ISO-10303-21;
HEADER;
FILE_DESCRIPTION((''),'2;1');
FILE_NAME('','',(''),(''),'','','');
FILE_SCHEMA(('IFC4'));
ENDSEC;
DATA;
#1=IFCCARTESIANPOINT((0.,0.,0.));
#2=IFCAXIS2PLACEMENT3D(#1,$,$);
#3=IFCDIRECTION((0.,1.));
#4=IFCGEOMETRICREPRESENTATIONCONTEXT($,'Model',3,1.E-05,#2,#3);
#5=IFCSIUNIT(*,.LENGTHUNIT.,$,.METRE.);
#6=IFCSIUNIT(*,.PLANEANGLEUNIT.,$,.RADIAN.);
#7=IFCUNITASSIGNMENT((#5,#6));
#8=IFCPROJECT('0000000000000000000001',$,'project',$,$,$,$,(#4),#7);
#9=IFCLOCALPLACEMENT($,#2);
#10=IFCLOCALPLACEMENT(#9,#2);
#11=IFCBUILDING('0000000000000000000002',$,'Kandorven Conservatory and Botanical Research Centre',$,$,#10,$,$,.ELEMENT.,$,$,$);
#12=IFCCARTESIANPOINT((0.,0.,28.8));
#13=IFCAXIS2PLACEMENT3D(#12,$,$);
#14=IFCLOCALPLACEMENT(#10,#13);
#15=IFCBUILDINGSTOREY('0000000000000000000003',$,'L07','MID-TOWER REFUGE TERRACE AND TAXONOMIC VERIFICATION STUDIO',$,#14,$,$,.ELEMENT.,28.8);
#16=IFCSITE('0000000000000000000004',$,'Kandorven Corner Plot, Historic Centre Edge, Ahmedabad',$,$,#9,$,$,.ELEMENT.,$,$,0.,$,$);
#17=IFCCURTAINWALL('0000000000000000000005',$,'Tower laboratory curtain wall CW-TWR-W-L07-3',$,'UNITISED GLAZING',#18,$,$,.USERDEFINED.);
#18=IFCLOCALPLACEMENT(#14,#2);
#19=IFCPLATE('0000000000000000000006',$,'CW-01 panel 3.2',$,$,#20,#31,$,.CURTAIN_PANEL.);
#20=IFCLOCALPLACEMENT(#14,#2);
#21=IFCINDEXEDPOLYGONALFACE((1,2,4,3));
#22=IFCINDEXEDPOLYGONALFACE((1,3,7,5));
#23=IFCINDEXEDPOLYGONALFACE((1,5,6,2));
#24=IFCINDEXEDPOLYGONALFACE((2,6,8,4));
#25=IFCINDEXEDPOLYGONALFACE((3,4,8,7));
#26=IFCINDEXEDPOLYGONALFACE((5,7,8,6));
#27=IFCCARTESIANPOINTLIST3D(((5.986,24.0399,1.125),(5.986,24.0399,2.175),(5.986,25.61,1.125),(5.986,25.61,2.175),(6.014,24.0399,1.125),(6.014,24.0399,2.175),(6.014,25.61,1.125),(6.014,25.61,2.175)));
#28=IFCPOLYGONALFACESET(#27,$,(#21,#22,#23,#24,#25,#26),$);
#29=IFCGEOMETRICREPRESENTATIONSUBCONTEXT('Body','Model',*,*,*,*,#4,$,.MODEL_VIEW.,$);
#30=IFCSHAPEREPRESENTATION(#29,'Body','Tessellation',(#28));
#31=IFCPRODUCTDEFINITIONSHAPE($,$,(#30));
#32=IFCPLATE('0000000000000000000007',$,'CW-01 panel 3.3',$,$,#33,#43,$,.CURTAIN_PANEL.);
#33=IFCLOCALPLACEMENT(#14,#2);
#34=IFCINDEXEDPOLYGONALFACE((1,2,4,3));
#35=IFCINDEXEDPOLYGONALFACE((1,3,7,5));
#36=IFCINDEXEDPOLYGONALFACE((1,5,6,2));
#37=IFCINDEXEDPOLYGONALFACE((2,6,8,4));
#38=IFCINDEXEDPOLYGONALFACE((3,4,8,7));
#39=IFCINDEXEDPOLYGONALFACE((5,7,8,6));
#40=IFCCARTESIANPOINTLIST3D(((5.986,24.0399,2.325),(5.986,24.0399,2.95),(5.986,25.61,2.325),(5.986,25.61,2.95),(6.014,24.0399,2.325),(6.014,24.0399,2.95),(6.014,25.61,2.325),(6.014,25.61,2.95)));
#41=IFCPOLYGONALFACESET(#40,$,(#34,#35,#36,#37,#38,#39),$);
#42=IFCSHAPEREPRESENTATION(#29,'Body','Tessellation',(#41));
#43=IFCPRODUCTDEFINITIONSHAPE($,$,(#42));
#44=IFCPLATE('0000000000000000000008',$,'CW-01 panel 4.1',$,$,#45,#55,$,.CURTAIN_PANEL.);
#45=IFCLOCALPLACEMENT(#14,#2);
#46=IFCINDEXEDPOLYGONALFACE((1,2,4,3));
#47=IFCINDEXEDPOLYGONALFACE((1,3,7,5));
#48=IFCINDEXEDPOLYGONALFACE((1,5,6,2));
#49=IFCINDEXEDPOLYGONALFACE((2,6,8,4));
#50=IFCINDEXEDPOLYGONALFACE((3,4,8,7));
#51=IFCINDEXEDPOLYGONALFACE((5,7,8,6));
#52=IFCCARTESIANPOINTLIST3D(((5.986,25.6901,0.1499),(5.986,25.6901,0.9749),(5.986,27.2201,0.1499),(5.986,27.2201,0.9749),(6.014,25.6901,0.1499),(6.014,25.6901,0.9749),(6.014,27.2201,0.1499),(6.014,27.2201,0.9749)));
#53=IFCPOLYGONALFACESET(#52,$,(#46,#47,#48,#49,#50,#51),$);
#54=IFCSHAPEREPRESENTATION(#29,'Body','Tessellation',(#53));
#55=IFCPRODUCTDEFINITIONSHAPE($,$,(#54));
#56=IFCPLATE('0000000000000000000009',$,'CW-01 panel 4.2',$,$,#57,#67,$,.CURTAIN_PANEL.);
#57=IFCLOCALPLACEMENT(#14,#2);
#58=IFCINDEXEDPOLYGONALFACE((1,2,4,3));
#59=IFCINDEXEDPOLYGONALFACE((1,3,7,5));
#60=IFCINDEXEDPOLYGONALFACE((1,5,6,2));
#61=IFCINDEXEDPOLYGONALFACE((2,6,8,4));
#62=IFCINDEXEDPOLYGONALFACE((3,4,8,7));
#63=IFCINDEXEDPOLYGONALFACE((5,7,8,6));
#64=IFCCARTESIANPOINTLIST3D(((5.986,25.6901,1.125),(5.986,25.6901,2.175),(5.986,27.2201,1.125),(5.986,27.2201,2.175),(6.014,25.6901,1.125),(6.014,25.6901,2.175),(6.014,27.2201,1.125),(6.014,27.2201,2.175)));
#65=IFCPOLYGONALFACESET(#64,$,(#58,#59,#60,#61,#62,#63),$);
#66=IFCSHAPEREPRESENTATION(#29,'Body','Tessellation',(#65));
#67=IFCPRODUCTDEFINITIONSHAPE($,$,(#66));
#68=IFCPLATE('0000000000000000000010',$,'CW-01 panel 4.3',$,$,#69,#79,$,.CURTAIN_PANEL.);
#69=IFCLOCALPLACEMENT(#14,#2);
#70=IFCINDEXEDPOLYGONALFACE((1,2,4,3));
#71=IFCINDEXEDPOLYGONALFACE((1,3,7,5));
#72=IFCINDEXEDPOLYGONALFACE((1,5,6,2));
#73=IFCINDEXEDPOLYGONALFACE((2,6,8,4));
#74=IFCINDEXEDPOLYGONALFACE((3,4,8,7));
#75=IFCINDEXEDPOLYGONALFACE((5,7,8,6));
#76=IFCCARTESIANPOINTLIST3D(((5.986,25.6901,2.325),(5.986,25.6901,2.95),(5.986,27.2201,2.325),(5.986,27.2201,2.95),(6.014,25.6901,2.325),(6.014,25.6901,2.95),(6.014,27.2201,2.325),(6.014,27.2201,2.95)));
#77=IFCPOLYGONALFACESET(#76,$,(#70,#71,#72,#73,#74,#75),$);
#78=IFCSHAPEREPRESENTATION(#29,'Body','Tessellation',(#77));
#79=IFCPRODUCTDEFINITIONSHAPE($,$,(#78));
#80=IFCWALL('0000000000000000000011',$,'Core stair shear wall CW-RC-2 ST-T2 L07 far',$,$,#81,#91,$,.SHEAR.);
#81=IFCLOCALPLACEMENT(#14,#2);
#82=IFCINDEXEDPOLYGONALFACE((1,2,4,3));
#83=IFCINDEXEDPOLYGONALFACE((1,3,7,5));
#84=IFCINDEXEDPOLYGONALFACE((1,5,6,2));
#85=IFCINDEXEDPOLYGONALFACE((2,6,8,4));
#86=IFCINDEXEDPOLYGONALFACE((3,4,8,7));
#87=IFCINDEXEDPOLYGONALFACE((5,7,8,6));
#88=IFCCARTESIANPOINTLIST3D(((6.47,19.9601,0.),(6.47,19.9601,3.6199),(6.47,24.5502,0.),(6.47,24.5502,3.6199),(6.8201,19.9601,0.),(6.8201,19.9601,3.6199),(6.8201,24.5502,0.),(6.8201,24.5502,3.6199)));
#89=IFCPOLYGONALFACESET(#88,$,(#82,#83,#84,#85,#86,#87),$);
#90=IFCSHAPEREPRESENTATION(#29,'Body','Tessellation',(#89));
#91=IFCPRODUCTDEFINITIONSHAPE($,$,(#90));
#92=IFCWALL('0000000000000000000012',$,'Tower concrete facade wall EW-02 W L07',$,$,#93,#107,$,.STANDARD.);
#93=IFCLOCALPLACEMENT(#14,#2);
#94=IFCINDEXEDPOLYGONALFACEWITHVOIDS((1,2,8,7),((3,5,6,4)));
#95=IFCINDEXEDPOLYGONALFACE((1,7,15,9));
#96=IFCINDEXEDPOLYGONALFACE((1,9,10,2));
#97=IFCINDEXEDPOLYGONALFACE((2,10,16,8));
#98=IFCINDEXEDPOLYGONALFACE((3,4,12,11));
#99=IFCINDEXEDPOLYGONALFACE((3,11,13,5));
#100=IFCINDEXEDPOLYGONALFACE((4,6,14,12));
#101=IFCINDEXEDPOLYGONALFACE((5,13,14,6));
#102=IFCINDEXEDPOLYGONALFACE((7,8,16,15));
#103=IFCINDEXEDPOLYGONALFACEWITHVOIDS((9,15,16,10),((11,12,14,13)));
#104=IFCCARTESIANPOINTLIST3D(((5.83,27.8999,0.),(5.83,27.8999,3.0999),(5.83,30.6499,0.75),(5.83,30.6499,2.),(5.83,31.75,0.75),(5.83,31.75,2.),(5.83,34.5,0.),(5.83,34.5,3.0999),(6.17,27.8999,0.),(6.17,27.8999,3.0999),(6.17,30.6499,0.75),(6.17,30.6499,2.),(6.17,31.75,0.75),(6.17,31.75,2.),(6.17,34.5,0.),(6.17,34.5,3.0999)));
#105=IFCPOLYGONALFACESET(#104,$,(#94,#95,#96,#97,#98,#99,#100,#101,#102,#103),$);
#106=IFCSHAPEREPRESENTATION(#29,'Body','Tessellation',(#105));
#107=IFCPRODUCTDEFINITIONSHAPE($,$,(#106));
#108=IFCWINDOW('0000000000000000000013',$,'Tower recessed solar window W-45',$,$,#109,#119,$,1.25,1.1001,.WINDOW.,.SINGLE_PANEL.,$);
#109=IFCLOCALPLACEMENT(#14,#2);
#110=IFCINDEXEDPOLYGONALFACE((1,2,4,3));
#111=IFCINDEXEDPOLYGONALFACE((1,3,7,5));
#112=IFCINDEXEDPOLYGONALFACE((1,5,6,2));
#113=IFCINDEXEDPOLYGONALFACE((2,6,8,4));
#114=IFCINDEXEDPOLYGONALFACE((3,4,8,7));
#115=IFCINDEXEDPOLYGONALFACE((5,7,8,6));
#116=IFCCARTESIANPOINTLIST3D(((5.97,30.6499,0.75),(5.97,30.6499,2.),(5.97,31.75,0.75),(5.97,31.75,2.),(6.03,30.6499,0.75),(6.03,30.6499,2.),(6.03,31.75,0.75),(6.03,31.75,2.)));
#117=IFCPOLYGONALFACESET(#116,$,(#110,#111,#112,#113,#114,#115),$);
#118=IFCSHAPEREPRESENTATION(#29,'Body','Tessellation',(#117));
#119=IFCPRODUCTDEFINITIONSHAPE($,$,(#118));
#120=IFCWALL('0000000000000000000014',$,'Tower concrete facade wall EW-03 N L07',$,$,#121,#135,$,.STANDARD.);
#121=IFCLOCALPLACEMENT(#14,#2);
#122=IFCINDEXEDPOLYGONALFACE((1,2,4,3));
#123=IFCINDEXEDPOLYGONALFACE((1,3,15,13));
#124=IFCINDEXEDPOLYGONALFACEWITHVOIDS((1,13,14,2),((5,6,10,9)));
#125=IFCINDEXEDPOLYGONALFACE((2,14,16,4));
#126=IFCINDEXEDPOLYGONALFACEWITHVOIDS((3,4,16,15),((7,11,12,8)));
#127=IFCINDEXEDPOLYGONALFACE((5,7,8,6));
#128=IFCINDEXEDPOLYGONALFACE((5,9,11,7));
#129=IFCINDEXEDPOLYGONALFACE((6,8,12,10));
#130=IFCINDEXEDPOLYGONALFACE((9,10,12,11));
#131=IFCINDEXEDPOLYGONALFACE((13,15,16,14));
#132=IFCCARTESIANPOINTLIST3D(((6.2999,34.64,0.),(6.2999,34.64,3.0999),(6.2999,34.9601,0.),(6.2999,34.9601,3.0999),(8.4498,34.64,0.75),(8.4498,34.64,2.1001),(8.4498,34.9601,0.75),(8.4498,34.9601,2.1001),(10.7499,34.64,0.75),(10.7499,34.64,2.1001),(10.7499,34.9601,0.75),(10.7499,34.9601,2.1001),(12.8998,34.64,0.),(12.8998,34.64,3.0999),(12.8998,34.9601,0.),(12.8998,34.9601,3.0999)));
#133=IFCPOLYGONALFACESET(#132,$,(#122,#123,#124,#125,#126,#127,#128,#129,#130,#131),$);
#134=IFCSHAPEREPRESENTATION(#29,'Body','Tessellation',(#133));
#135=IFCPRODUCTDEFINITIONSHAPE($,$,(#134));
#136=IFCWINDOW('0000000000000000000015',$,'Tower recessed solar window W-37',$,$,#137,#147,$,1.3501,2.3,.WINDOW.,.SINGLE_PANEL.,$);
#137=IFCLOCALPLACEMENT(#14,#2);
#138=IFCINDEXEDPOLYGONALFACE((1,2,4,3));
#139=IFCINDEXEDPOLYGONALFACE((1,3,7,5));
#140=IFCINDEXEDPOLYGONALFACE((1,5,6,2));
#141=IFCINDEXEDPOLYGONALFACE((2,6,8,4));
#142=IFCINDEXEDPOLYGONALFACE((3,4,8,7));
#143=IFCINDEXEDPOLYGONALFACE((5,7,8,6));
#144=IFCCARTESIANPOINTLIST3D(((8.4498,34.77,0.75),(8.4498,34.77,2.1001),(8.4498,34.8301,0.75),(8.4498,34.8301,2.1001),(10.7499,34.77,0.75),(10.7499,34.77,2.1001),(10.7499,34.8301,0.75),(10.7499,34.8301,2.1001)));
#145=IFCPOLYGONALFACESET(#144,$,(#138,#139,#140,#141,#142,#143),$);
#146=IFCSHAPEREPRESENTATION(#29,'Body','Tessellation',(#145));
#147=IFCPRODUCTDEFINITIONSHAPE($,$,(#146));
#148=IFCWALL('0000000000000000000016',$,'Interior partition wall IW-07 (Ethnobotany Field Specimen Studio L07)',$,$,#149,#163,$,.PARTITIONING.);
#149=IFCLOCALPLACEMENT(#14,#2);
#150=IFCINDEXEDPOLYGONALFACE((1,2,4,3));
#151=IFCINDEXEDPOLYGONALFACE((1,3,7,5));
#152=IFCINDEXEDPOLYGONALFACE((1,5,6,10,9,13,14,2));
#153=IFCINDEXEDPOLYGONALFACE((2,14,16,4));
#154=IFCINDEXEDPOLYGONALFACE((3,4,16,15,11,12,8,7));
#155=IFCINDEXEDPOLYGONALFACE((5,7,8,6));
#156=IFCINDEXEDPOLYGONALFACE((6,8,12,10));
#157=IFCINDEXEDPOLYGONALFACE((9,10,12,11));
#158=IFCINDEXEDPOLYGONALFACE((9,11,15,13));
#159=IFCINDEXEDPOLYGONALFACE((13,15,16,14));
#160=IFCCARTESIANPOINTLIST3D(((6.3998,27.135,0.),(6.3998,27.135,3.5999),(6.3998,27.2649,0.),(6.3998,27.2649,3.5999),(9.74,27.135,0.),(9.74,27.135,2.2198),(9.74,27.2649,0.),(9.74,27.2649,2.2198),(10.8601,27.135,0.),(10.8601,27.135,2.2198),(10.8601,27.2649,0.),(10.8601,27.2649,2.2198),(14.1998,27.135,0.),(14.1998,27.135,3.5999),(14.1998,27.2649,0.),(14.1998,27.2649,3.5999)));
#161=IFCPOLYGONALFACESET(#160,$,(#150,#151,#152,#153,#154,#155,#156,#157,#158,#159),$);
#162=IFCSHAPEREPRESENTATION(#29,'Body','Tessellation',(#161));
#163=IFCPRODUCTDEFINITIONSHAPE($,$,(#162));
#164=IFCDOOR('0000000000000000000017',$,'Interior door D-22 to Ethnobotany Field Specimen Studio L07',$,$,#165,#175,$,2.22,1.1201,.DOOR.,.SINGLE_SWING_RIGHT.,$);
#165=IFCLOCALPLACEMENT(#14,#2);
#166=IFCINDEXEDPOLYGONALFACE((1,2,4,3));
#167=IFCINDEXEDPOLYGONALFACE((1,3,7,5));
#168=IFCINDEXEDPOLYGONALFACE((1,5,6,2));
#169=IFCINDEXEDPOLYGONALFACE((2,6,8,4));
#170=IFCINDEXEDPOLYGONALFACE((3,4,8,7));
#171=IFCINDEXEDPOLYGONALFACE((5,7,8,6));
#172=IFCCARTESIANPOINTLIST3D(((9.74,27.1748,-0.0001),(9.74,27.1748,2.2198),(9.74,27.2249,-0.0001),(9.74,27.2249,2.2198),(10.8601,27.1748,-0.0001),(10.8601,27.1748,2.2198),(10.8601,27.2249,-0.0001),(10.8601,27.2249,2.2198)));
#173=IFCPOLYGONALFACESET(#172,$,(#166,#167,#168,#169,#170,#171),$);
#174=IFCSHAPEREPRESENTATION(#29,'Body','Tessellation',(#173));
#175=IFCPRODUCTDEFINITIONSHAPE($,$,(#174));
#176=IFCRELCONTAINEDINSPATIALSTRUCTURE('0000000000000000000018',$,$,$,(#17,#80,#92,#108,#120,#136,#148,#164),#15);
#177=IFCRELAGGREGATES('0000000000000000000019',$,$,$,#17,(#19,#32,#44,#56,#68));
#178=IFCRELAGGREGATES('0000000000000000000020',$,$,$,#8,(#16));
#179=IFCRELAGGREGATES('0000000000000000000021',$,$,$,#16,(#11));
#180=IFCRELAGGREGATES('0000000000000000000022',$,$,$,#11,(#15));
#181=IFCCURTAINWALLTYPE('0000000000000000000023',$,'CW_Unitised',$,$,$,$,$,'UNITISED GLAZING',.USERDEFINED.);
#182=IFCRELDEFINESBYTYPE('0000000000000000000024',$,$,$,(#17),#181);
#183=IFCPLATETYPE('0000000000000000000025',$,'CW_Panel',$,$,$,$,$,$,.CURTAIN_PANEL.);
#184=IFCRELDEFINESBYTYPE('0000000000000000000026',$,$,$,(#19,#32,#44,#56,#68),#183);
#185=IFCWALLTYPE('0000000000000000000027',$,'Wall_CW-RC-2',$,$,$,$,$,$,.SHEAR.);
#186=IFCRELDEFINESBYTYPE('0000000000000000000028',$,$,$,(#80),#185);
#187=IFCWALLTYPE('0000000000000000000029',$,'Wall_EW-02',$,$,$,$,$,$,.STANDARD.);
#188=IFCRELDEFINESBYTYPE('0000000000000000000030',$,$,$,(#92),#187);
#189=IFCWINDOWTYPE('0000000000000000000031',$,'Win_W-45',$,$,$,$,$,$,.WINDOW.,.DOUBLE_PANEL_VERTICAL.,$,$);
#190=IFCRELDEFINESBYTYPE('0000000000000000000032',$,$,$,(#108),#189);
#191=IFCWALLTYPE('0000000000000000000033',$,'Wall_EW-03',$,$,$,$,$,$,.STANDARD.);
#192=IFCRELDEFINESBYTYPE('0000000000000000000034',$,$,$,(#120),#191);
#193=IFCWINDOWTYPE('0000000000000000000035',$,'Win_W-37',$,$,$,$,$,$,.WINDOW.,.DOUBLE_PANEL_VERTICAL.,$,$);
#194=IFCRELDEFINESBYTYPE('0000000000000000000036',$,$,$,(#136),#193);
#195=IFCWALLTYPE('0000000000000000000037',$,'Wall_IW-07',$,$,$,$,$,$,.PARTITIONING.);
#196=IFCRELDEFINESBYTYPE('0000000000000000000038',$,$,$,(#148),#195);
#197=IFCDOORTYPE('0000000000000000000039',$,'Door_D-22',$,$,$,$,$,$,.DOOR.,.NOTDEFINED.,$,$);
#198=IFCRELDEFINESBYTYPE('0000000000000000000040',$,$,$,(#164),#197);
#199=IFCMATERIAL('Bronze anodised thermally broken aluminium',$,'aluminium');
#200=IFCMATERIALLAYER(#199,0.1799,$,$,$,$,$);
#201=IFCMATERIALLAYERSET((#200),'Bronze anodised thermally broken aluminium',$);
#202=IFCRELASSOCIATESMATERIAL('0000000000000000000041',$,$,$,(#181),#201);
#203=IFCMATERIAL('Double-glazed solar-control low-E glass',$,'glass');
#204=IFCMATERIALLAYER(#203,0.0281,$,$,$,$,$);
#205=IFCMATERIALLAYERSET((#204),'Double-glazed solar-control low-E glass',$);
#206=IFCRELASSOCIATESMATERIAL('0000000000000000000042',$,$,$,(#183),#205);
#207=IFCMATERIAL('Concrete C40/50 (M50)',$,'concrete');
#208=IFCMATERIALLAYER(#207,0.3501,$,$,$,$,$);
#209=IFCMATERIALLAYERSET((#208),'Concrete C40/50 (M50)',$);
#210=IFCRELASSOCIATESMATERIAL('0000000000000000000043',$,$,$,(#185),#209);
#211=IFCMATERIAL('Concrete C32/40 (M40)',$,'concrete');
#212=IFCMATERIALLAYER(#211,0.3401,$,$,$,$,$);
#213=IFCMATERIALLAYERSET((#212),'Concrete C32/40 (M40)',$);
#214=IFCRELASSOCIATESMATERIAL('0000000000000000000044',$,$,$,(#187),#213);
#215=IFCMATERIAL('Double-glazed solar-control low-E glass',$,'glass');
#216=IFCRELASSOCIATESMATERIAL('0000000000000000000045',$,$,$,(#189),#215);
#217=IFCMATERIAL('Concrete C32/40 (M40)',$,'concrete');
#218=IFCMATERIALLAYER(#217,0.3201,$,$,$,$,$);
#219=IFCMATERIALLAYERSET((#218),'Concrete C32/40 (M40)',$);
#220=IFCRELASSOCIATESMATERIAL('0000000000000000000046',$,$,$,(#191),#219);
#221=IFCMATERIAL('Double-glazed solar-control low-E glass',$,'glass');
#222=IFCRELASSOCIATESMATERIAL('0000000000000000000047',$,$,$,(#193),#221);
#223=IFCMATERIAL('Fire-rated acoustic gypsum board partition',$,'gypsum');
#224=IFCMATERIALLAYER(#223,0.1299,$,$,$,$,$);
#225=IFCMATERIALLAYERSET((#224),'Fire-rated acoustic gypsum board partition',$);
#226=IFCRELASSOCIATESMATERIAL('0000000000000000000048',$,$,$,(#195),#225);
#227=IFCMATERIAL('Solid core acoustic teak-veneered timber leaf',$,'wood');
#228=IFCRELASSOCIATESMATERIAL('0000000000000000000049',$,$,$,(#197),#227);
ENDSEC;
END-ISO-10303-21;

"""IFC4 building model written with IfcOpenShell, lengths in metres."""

from ifc_helpers import new_model, si_unit, direction, frame, frame_2d, origin, origin_2d, place, context, subcontext, project, spatial, rectangle, extrude, material, layer, layer_set, type_object, element, fill, aggregate, save


model = new_model("IFC4")

# Units and contexts
model_context = context("Model", 3, precision=1e-05, world=origin(), true_north=direction((0.0, 1.0)))
body_context = subcontext(model_context, "Body", "Model", "MODEL_VIEW")
ifc_project = project(units=[si_unit("LENGTHUNIT", "METRE"), si_unit("PLANEANGLEUNIT", "RADIAN")], contexts=[model_context])

# Site, building, storey
site_placement = place(None, origin())
site = spatial("IfcSite", under=ifc_project, at=site_placement, Name="Kandorven Corner Plot, Historic Centre Edge, Ahmedabad", CompositionType="ELEMENT", RefElevation=0.0)
building_placement = place(site_placement, origin())
building = spatial("IfcBuilding", under=site, at=building_placement, Name="Kandorven Conservatory and Botanical Research Centre", CompositionType="ELEMENT")
storey_placement = place(building_placement, frame((0.0, 0.0, 28.8)))
storey = spatial("IfcBuildingStorey", under=building, at=storey_placement, Name="L07", Description="MID-TOWER REFUGE TERRACE AND TAXONOMIC VERIFICATION STUDIO", CompositionType="ELEMENT", Elevation=28.8)

# Curtain wall, plates
ifc_material_1 = material(Name="Bronze anodised thermally broken aluminium", Category="aluminium")
ifc_layer_1 = layer(ifc_material_1, 0.1799)
ifc_layer_set_1 = layer_set([ifc_layer_1], Name="Bronze anodised thermally broken aluminium")
curtain_wall_type = type_object("IfcCurtainWallType", Name="CW_Unitised", ElementType="UNITISED GLAZING", PredefinedType="USERDEFINED", material=ifc_layer_set_1)
curtain_wall_placement = place(storey_placement, origin())
curtain_wall = element("IfcCurtainWall", 1, at=curtain_wall_placement, inside=storey, type_object=curtain_wall_type, Name="Tower laboratory curtain wall CW-TWR-W-L07-3", ObjectType="UNITISED GLAZING", PredefinedType="USERDEFINED")
ifc_material_2 = material(Name="Double-glazed solar-control low-E glass", Category="glass")
ifc_layer_2 = layer(ifc_material_2, 0.0281)
ifc_layer_set_2 = layer_set([ifc_layer_2], Name="Double-glazed solar-control low-E glass")
plate_type = type_object("IfcPlateType", Name="CW_Panel", PredefinedType="CURTAIN_PANEL", material=ifc_layer_set_2)
plate_1_placement = place(storey_placement, frame((6.0, 24.825, 1.125), z_axis=(0.0, 0.0, 1.0), x_axis=(0.0, 1.0, 0.0)))
plate_1 = element("IfcPlate", 2, at=plate_1_placement, type_object=plate_type, Name="CW-01 panel 3.2", PredefinedType="CURTAIN_PANEL", context=body_context, shape_type="SweptSolid", body=[
    extrude(rectangle(XDim=1.5701, YDim=0.0281, at=origin_2d()), origin(), (0.0, 0.0, 1.0), 1.05),
])
plate_2_placement = place(storey_placement, frame((6.0, 24.825, 2.325), z_axis=(0.0, 0.0, 1.0), x_axis=(0.0, 1.0, 0.0)))
plate_2 = element("IfcPlate", 3, at=plate_2_placement, type_object=plate_type, Name="CW-01 panel 3.3", PredefinedType="CURTAIN_PANEL", context=body_context, shape_type="SweptSolid", body=[
    extrude(rectangle(XDim=1.5701, YDim=0.0281, at=origin_2d()), origin(), (0.0, 0.0, 1.0), 0.625),
])
plate_3_placement = place(storey_placement, frame((6.0, 26.4551, 0.1499), z_axis=(0.0, 0.0, 1.0), x_axis=(0.0, 1.0, 0.0)))
plate_3 = element("IfcPlate", 4, at=plate_3_placement, type_object=plate_type, Name="CW-01 panel 4.1", PredefinedType="CURTAIN_PANEL", context=body_context, shape_type="SweptSolid", body=[
    extrude(rectangle(XDim=1.53, YDim=0.0281, at=origin_2d()), origin(), (0.0, 0.0, 1.0), 0.825),
])
plate_4_placement = place(storey_placement, frame((6.0, 26.4551, 1.125), z_axis=(0.0, 0.0, 1.0), x_axis=(0.0, 1.0, 0.0)))
plate_4 = element("IfcPlate", 5, at=plate_4_placement, type_object=plate_type, Name="CW-01 panel 4.2", PredefinedType="CURTAIN_PANEL", context=body_context, shape_type="SweptSolid", body=[
    extrude(rectangle(XDim=1.53, YDim=0.0281, at=origin_2d()), origin(), (0.0, 0.0, 1.0), 1.05),
])
plate_5_placement = place(storey_placement, frame((6.0, 26.4551, 2.325), z_axis=(0.0, 0.0, 1.0), x_axis=(0.0, 1.0, 0.0)))
plate_5 = element("IfcPlate", 6, at=plate_5_placement, type_object=plate_type, Name="CW-01 panel 4.3", PredefinedType="CURTAIN_PANEL", context=body_context, shape_type="SweptSolid", body=[
    extrude(rectangle(XDim=1.53, YDim=0.0281, at=origin_2d()), origin(), (0.0, 0.0, 1.0), 0.625),
])
aggregate(curtain_wall, [plate_1, plate_2, plate_3, plate_4, plate_5])

# Wall
ifc_material_3 = material(Name="Concrete C40/50 (M50)", Category="concrete")
ifc_layer_3 = layer(ifc_material_3, 0.3501)
ifc_layer_set_3 = layer_set([ifc_layer_3], Name="Concrete C40/50 (M50)")
wall_type_1 = type_object("IfcWallType", Name="Wall_CW-RC-2", PredefinedType="SHEAR", material=ifc_layer_set_3)
wall_1_placement = place(storey_placement, frame((6.645, 24.55, 0.0), z_axis=(0.0, 0.0, 1.0), x_axis=(0.0, -1.0, 0.0)))
element("IfcWall", 7, at=wall_1_placement, inside=storey, type_object=wall_type_1, Name="Core stair shear wall CW-RC-2 ST-T2 L07 far", PredefinedType="SHEAR", context=body_context, shape_type="SweptSolid", body=[
    extrude(rectangle(XDim=4.5901, YDim=0.3501, at=frame_2d((2.2949, 0.0))), origin(), (0.0, 0.0, 1.0), 3.6199),
])

# Walls, openings, windows
ifc_material_4 = material(Name="Concrete C32/40 (M40)", Category="concrete")
ifc_layer_4 = layer(ifc_material_4, 0.3401)
ifc_layer_set_4 = layer_set([ifc_layer_4], Name="Concrete C32/40 (M40)")
wall_type_2 = type_object("IfcWallType", Name="Wall_EW-02", PredefinedType="STANDARD", material=ifc_layer_set_4)
wall_2_placement = place(storey_placement, frame((6.0, 27.8999, 0.0), z_axis=(0.0, 0.0, 1.0), x_axis=(0.0, 1.0, 0.0)))
wall_2 = element("IfcWall", 8, at=wall_2_placement, inside=storey, type_object=wall_type_2, Name="Tower concrete facade wall EW-02 W L07", PredefinedType="STANDARD", context=body_context, shape_type="SweptSolid", body=[
    extrude(rectangle(XDim=6.6001, YDim=0.3401, at=frame_2d((3.3, 0.0))), origin(), (0.0, 0.0, 1.0), 3.0999),
])
opening_1_placement = place(wall_2_placement, frame((2.75, 0.0, 0.75)))
opening_1 = element("IfcOpeningElement", 9, at=opening_1_placement, cuts=wall_2, PredefinedType="OPENING", context=body_context, shape_type="SweptSolid", body=[
    extrude(rectangle(XDim=1.1001, YDim=1.25, at=frame_2d((0.55, 0.625))), frame((0.0, 0.1799, 0.0), z_axis=(0.0, -1.0, 0.0), x_axis=(1.0, 0.0, 0.0)), (0.0, 0.0, 1.0), 0.3601),
])
ifc_material_5 = material(Name="Double-glazed solar-control low-E glass", Category="glass")
window_type_1 = type_object("IfcWindowType", Name="Win_W-45", PartitioningType="DOUBLE_PANEL_VERTICAL", PredefinedType="WINDOW", material=ifc_material_5)
window_1_placement = place(opening_1_placement, origin())
window_1 = element("IfcWindow", 10, at=window_1_placement, inside=storey, type_object=window_type_1, Name="Tower recessed solar window W-45", OverallHeight=1.25, OverallWidth=1.1001, PartitioningType="SINGLE_PANEL", PredefinedType="WINDOW", context=body_context, shape_type="SweptSolid", body=[
    extrude(rectangle(XDim=1.1001, YDim=1.25, at=frame_2d((0.55, 0.625))), frame((0.0, 0.03, 0.0), z_axis=(0.0, -1.0, 0.0), x_axis=(1.0, 0.0, 0.0)), (0.0, 0.0, 1.0), 0.0601),
])
fill(opening_1, window_1)
ifc_material_6 = material(Name="Concrete C32/40 (M40)", Category="concrete")
ifc_layer_5 = layer(ifc_material_6, 0.3201)
ifc_layer_set_5 = layer_set([ifc_layer_5], Name="Concrete C32/40 (M40)")
wall_type_3 = type_object("IfcWallType", Name="Wall_EW-03", PredefinedType="STANDARD", material=ifc_layer_set_5)
wall_3_placement = place(storey_placement, frame((6.3, 34.8, 0.0), z_axis=(0.0, 0.0, 1.0), x_axis=(1.0, 0.0, 0.0)))
wall_3 = element("IfcWall", 11, at=wall_3_placement, inside=storey, type_object=wall_type_3, Name="Tower concrete facade wall EW-03 N L07", PredefinedType="STANDARD", context=body_context, shape_type="SweptSolid", body=[
    extrude(rectangle(XDim=6.5999, YDim=0.3201, at=frame_2d((3.2998, 0.0))), origin(), (0.0, 0.0, 1.0), 3.0999),
])
opening_2_placement = place(wall_3_placement, frame((2.1499, 0.0, 0.75)))
opening_2 = element("IfcOpeningElement", 12, at=opening_2_placement, cuts=wall_3, PredefinedType="OPENING", context=body_context, shape_type="SweptSolid", body=[
    extrude(rectangle(XDim=2.3, YDim=1.3501, at=frame_2d((1.1499, 0.675))), frame((0.0, 0.1699, 0.0), z_axis=(0.0, -1.0, 0.0), x_axis=(1.0, 0.0, 0.0)), (0.0, 0.0, 1.0), 0.3401),
])
ifc_material_7 = material(Name="Double-glazed solar-control low-E glass", Category="glass")
window_type_2 = type_object("IfcWindowType", Name="Win_W-37", PartitioningType="DOUBLE_PANEL_VERTICAL", PredefinedType="WINDOW", material=ifc_material_7)
window_2_placement = place(opening_2_placement, origin())
window_2 = element("IfcWindow", 13, at=window_2_placement, inside=storey, type_object=window_type_2, Name="Tower recessed solar window W-37", OverallHeight=1.3501, OverallWidth=2.3, PartitioningType="SINGLE_PANEL", PredefinedType="WINDOW", context=body_context, shape_type="SweptSolid", body=[
    extrude(rectangle(XDim=2.3, YDim=1.3501, at=frame_2d((1.1499, 0.675))), frame((0.0, 0.03, 0.0), z_axis=(0.0, -1.0, 0.0), x_axis=(1.0, 0.0, 0.0)), (0.0, 0.0, 1.0), 0.0601),
])
fill(opening_2, window_2)

# Wall, opening, door
ifc_material_8 = material(Name="Fire-rated acoustic gypsum board partition", Category="gypsum")
ifc_layer_6 = layer(ifc_material_8, 0.1299)
ifc_layer_set_6 = layer_set([ifc_layer_6], Name="Fire-rated acoustic gypsum board partition")
wall_type_4 = type_object("IfcWallType", Name="Wall_IW-07", PredefinedType="PARTITIONING", material=ifc_layer_set_6)
wall_4_placement = place(storey_placement, frame((6.3999, 27.2, 0.0), z_axis=(0.0, 0.0, 1.0), x_axis=(1.0, 0.0, 0.0)))
wall_4 = element("IfcWall", 14, at=wall_4_placement, inside=storey, type_object=wall_type_4, Name="Interior partition wall IW-07 (Ethnobotany Field Specimen Studio L07)", PredefinedType="PARTITIONING", context=body_context, shape_type="SweptSolid", body=[
    extrude(rectangle(XDim=7.8, YDim=0.1299, at=frame_2d((3.8999, 0.0))), origin(), (0.0, 0.0, 1.0), 3.5999),
])
opening_3_placement = place(wall_4_placement, frame((3.3401, 0.0, 0.0)))
opening_3 = element("IfcOpeningElement", 15, at=opening_3_placement, cuts=wall_4, PredefinedType="OPENING", context=body_context, shape_type="SweptSolid", body=[
    extrude(rectangle(XDim=1.1201, YDim=2.22, at=frame_2d((0.5601, 1.1099))), frame((0.0, 0.075, 0.0), z_axis=(0.0, -1.0, 0.0), x_axis=(1.0, 0.0, 0.0)), (0.0, 0.0, 1.0), 0.1499),
])
ifc_material_9 = material(Name="Solid core acoustic teak-veneered timber leaf", Category="wood")
door_type = type_object("IfcDoorType", Name="Door_D-22", OperationType="NOTDEFINED", PredefinedType="DOOR", material=ifc_material_9)
door_placement = place(opening_3_placement, origin())
door = element("IfcDoor", 16, at=door_placement, inside=storey, type_object=door_type, Name="Interior door D-22 to Ethnobotany Field Specimen Studio L07", OperationType="SINGLE_SWING_RIGHT", OverallHeight=2.22, OverallWidth=1.1201, PredefinedType="DOOR", context=body_context, shape_type="SweptSolid", body=[
    extrude(rectangle(XDim=1.1201, YDim=2.22, at=frame_2d((0.5601, 1.1099))), frame((0.0, 0.0249, 0.0), z_axis=(0.0, -1.0, 0.0), x_axis=(1.0, 0.0, 0.0)), (0.0, 0.0, 1.0), 0.05),
])
fill(opening_3, door)

save(model, "model.ifc")
